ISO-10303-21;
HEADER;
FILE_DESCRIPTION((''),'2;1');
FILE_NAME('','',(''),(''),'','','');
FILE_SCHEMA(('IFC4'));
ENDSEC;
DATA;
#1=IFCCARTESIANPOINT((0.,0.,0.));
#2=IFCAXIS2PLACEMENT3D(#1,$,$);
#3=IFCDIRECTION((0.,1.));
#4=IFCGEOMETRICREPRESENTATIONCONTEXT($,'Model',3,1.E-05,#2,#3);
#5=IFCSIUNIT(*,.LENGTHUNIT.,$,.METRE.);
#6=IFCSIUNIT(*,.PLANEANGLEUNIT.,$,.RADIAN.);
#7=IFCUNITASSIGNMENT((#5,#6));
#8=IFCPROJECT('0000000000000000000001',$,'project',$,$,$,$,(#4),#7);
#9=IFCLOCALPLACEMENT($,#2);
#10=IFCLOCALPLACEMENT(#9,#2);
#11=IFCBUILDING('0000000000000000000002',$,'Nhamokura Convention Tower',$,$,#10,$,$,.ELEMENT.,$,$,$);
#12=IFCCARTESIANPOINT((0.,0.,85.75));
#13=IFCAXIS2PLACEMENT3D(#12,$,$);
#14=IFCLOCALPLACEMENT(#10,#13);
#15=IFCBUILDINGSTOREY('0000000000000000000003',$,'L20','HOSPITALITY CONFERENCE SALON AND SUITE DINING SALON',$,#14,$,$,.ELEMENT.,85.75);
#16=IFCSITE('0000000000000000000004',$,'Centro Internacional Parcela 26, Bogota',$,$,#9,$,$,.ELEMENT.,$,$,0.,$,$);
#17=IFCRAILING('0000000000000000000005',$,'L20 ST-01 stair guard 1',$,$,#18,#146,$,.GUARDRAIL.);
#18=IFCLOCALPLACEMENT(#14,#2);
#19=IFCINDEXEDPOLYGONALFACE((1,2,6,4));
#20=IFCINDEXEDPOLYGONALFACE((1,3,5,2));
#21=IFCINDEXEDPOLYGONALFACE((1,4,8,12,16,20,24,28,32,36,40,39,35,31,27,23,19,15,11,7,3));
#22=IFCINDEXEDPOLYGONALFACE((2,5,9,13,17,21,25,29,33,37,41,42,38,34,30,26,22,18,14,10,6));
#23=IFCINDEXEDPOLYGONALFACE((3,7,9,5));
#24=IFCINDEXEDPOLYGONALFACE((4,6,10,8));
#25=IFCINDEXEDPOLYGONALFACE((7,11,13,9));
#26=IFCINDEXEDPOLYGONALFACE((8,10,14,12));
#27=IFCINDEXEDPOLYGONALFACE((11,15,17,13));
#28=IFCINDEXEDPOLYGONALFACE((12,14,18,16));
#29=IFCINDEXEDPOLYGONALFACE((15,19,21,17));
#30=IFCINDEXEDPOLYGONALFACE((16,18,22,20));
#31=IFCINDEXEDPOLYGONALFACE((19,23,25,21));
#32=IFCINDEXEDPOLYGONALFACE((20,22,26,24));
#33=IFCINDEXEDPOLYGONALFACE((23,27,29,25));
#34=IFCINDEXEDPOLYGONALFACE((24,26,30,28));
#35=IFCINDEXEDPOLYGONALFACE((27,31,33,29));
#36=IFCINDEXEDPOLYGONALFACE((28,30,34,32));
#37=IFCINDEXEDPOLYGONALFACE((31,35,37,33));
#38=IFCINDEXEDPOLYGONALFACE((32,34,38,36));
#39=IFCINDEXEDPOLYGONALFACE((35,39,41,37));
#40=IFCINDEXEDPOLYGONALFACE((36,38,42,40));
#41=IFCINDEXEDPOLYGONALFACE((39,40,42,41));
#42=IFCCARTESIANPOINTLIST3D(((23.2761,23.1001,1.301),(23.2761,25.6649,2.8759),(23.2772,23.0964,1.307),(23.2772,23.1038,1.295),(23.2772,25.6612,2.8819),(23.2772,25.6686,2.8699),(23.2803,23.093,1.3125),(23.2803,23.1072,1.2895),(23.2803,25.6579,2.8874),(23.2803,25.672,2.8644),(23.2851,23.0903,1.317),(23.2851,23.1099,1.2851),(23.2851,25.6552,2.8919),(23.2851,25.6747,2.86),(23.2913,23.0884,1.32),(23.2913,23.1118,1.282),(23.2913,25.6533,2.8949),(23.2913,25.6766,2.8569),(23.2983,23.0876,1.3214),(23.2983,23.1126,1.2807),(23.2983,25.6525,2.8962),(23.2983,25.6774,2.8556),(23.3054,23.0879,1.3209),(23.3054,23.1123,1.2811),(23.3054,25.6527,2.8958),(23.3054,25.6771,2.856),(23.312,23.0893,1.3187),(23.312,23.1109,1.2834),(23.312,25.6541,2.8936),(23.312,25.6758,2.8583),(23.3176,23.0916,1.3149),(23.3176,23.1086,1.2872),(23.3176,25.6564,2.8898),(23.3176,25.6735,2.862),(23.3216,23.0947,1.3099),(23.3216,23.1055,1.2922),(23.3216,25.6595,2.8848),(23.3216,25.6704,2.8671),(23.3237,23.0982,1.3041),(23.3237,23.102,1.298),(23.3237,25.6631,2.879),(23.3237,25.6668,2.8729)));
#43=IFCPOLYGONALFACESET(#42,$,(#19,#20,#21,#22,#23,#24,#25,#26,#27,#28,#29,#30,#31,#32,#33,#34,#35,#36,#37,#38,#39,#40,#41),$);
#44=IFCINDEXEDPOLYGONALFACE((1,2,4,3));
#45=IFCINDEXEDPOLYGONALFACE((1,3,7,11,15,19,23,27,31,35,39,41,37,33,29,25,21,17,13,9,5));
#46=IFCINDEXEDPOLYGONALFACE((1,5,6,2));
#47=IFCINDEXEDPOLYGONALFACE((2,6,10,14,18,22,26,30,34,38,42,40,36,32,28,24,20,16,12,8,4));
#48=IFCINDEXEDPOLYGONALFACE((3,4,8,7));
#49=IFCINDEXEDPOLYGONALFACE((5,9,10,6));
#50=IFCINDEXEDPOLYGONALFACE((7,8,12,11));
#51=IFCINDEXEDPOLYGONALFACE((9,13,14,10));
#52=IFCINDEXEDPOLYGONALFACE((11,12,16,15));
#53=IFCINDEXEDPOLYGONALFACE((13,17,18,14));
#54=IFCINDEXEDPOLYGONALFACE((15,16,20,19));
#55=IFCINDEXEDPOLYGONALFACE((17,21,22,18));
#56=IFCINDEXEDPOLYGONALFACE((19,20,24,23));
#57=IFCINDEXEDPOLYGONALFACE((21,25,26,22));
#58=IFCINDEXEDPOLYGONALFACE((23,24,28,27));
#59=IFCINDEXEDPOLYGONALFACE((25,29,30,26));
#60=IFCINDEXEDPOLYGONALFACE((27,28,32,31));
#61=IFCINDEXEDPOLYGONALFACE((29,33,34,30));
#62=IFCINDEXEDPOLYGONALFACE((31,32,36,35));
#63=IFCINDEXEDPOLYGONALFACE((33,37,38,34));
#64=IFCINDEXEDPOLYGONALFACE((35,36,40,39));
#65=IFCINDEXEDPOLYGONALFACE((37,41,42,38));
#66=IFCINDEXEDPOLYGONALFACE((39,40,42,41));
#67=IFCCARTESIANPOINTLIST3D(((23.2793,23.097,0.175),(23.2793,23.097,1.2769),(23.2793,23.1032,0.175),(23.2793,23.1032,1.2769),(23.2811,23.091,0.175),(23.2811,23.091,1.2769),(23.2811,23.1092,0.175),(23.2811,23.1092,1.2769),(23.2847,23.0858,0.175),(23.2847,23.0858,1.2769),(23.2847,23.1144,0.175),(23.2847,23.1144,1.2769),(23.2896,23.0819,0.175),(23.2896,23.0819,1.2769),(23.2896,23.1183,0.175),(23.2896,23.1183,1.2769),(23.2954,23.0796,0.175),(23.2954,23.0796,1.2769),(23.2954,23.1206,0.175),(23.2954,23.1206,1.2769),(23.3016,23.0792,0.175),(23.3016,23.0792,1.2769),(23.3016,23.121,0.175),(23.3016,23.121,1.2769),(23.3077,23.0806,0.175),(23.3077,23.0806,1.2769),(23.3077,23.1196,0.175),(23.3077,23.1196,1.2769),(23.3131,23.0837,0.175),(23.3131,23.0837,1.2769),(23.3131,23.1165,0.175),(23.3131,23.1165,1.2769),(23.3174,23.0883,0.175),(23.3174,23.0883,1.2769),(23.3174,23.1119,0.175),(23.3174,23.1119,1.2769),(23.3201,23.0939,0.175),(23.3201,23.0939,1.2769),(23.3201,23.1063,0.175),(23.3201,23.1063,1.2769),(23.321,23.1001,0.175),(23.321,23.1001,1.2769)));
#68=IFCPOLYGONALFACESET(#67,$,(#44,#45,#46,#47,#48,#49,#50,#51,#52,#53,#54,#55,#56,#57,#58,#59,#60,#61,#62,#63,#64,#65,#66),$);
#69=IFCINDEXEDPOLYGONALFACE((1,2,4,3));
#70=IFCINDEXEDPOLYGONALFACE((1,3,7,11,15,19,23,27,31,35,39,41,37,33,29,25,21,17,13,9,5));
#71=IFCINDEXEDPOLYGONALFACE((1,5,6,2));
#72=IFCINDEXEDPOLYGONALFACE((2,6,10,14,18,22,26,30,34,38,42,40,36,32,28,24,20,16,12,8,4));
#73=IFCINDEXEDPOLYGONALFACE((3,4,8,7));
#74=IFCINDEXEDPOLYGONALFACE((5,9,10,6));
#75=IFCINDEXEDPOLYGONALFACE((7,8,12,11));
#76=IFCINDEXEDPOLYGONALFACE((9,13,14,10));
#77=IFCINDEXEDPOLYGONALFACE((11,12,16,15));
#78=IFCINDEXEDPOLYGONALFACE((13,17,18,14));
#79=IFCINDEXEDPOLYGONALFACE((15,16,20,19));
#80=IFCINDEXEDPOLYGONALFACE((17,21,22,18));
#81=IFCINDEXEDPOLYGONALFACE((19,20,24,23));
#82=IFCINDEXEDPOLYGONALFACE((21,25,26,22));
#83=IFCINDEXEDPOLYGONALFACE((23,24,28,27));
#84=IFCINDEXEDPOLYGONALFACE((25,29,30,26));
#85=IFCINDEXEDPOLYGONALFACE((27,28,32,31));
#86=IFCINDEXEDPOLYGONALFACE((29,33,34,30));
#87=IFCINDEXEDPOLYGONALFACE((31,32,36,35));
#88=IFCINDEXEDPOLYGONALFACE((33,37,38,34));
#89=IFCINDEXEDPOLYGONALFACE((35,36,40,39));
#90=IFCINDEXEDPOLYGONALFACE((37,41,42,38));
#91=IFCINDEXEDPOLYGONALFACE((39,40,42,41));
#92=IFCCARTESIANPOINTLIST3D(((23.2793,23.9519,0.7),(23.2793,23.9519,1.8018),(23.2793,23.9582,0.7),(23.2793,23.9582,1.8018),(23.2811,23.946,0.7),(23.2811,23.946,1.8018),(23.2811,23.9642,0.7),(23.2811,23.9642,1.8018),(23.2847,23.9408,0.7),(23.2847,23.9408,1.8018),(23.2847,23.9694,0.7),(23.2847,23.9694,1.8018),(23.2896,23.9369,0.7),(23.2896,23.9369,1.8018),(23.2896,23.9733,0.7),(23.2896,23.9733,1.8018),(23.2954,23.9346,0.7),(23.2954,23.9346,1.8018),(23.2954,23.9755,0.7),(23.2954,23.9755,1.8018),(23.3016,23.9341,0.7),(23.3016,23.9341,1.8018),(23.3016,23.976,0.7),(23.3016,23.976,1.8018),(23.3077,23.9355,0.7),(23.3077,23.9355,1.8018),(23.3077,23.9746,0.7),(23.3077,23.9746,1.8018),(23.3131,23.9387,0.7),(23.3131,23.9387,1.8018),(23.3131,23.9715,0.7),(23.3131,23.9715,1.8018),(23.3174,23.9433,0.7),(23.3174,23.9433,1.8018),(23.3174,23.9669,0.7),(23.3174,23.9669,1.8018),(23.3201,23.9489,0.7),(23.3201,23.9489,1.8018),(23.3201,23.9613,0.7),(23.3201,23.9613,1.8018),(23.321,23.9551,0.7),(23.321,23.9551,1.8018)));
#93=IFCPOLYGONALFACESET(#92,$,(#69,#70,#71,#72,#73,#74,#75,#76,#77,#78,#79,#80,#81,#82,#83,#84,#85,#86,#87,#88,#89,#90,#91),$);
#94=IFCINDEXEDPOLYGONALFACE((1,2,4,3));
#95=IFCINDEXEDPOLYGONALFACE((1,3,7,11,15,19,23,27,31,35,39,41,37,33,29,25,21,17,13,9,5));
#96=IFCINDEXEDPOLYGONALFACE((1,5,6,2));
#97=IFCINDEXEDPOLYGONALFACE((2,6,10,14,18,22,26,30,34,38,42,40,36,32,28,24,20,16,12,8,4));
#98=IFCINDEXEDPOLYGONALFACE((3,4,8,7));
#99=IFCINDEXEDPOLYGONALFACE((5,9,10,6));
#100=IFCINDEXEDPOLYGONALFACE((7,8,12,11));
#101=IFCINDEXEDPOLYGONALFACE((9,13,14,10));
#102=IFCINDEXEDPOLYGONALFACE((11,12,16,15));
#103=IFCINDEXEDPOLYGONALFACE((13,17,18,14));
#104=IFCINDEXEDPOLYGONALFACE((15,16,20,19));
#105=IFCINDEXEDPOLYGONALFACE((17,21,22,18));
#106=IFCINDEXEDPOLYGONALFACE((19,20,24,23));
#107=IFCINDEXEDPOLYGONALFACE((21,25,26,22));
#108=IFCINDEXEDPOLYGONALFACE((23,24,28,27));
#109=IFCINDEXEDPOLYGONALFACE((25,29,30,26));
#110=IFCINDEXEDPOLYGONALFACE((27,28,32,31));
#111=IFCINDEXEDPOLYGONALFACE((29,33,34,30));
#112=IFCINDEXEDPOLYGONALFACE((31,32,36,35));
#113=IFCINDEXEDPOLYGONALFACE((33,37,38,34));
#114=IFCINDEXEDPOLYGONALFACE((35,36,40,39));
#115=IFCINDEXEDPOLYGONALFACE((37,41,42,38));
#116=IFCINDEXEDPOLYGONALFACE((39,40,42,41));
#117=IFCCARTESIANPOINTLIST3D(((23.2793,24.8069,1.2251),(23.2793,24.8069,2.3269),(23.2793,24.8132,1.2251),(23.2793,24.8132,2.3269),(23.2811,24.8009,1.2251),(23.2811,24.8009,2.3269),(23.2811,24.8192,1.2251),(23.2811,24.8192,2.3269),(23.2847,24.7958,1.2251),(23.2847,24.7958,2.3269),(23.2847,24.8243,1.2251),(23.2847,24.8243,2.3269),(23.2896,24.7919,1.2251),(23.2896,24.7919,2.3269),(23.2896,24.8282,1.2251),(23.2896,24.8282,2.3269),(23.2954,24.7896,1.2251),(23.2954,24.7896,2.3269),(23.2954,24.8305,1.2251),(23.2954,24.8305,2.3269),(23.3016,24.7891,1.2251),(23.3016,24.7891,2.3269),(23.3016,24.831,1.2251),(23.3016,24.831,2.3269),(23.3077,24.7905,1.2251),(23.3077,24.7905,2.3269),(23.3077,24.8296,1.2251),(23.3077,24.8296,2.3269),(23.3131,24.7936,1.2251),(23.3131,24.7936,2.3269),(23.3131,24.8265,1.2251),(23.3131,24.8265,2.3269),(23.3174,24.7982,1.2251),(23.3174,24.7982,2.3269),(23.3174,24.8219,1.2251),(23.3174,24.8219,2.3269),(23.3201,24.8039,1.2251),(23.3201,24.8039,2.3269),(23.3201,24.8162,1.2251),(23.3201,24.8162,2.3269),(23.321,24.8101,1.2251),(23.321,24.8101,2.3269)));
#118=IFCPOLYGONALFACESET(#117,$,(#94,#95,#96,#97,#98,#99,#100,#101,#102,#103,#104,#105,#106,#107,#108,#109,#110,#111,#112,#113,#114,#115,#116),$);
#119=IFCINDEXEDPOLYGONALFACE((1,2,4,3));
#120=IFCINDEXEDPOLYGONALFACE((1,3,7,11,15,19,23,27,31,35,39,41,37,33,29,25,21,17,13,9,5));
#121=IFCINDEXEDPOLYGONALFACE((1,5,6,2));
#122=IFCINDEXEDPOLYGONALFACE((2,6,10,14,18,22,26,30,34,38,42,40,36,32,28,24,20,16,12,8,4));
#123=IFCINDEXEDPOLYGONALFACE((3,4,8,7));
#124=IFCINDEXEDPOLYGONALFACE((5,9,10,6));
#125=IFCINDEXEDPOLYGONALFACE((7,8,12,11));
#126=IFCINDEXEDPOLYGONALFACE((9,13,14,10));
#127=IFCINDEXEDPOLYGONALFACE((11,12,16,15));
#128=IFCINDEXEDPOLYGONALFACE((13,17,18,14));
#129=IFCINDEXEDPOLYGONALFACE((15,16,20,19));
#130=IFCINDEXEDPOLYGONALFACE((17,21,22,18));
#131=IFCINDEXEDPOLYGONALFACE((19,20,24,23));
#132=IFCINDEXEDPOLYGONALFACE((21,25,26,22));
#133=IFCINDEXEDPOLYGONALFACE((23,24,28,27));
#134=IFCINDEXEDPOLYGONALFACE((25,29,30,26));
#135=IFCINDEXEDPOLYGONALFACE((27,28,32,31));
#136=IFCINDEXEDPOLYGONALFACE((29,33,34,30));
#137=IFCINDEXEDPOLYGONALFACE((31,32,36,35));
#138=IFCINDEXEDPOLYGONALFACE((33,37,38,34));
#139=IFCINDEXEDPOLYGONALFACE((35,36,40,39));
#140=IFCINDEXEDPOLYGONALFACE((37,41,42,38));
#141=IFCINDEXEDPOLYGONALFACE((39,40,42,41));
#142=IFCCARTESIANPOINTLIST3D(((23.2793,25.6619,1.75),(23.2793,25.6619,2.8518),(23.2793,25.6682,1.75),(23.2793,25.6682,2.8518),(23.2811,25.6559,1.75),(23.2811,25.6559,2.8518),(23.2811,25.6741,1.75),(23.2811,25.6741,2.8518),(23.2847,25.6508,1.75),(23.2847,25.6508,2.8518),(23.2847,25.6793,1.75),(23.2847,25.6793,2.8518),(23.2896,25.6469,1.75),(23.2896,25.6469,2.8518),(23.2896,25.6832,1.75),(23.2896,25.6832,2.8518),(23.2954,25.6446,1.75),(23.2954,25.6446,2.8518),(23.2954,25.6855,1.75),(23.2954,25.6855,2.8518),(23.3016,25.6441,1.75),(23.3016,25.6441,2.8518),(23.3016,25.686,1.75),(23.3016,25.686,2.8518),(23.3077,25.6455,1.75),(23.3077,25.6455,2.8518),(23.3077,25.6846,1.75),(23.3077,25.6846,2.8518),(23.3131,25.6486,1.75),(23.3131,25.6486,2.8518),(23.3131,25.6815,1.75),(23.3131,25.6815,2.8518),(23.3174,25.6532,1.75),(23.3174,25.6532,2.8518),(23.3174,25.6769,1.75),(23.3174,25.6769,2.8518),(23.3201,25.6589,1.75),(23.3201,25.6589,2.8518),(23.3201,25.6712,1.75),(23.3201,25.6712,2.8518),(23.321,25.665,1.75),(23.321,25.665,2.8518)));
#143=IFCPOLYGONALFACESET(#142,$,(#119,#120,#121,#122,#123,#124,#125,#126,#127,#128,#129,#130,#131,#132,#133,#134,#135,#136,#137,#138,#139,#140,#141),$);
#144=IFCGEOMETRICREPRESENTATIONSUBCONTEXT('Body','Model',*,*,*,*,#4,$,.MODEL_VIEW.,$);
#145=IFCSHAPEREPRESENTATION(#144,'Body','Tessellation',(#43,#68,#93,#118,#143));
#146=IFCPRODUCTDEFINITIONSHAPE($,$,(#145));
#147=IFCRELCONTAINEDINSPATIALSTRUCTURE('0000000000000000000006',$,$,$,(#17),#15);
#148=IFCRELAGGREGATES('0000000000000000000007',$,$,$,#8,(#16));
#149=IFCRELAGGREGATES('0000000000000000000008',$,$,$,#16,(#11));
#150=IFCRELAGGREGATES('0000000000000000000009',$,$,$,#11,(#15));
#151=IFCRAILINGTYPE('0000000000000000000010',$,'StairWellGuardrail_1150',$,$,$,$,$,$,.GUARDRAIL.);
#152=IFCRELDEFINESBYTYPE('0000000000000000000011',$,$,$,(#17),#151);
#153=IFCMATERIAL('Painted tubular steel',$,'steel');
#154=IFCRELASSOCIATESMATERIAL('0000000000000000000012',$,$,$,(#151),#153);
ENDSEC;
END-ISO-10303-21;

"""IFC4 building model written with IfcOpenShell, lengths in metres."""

from ifc_helpers import new_model, si_unit, direction, frame, origin, origin_2d, place, context, subcontext, project, spatial, circle, extrude, material, type_object, element, save


model = new_model("IFC4")

# Units and contexts
model_context = context("Model", 3, precision=1e-05, world=origin(), true_north=direction((0.0, 1.0)))
body_context = subcontext(model_context, "Body", "Model", "MODEL_VIEW")
ifc_project = project(units=[si_unit("LENGTHUNIT", "METRE"), si_unit("PLANEANGLEUNIT", "RADIAN")], contexts=[model_context])

# Site, building, storey
site_placement = place(None, origin())
site = spatial("IfcSite", under=ifc_project, at=site_placement, Name="Centro Internacional Parcela 26, Bogota", CompositionType="ELEMENT", RefElevation=0.0)
building_placement = place(site_placement, origin())
building = spatial("IfcBuilding", under=site, at=building_placement, Name="Nhamokura Convention Tower", CompositionType="ELEMENT")
storey_placement = place(building_placement, frame((0.0, 0.0, 85.75)))
storey = spatial("IfcBuildingStorey", under=building, at=storey_placement, Name="L20", Description="HOSPITALITY CONFERENCE SALON AND SUITE DINING SALON", CompositionType="ELEMENT", Elevation=85.75)

# Railing
ifc_material_1 = material(Name="Painted tubular steel", Category="steel")
railing_type_1 = type_object("IfcRailingType", Name="StairWellGuardrail_1150", PredefinedType="GUARDRAIL", material=ifc_material_1)
railing_1_placement = place(storey_placement, frame((23.3, 23.1001, 0.175)))
element("IfcRailing", 1, at=railing_1_placement, inside=storey, type_object=railing_type_1, Name="L20 ST-01 stair guard 1", PredefinedType="GUARDRAIL", context=body_context, shape_type="SweptSolid", body=[
    extrude(circle(Radius=0.0239, at=origin_2d()), frame((0.0, 0.0, 1.126), z_axis=(0.0, 0.852173, 0.52326), x_axis=(-1.0, 0.0, 0.0)), (0.0, 0.0, 1.0), 3.0098),
    extrude(circle(Radius=0.021, at=origin_2d()), origin(), (0.0, 0.0, 1.0), 1.1018),
    extrude(circle(Radius=0.021, at=origin_2d()), frame((0.0, 0.855, 0.5249)), (0.0, 0.0, 1.0), 1.1018),
    extrude(circle(Radius=0.021, at=origin_2d()), frame((0.0, 1.71, 1.05)), (0.0, 0.0, 1.0), 1.1018),
    extrude(circle(Radius=0.021, at=origin_2d()), frame((0.0, 2.5649, 1.575)), (0.0, 0.0, 1.0), 1.1018),
])

save(model, "model.ifc")
